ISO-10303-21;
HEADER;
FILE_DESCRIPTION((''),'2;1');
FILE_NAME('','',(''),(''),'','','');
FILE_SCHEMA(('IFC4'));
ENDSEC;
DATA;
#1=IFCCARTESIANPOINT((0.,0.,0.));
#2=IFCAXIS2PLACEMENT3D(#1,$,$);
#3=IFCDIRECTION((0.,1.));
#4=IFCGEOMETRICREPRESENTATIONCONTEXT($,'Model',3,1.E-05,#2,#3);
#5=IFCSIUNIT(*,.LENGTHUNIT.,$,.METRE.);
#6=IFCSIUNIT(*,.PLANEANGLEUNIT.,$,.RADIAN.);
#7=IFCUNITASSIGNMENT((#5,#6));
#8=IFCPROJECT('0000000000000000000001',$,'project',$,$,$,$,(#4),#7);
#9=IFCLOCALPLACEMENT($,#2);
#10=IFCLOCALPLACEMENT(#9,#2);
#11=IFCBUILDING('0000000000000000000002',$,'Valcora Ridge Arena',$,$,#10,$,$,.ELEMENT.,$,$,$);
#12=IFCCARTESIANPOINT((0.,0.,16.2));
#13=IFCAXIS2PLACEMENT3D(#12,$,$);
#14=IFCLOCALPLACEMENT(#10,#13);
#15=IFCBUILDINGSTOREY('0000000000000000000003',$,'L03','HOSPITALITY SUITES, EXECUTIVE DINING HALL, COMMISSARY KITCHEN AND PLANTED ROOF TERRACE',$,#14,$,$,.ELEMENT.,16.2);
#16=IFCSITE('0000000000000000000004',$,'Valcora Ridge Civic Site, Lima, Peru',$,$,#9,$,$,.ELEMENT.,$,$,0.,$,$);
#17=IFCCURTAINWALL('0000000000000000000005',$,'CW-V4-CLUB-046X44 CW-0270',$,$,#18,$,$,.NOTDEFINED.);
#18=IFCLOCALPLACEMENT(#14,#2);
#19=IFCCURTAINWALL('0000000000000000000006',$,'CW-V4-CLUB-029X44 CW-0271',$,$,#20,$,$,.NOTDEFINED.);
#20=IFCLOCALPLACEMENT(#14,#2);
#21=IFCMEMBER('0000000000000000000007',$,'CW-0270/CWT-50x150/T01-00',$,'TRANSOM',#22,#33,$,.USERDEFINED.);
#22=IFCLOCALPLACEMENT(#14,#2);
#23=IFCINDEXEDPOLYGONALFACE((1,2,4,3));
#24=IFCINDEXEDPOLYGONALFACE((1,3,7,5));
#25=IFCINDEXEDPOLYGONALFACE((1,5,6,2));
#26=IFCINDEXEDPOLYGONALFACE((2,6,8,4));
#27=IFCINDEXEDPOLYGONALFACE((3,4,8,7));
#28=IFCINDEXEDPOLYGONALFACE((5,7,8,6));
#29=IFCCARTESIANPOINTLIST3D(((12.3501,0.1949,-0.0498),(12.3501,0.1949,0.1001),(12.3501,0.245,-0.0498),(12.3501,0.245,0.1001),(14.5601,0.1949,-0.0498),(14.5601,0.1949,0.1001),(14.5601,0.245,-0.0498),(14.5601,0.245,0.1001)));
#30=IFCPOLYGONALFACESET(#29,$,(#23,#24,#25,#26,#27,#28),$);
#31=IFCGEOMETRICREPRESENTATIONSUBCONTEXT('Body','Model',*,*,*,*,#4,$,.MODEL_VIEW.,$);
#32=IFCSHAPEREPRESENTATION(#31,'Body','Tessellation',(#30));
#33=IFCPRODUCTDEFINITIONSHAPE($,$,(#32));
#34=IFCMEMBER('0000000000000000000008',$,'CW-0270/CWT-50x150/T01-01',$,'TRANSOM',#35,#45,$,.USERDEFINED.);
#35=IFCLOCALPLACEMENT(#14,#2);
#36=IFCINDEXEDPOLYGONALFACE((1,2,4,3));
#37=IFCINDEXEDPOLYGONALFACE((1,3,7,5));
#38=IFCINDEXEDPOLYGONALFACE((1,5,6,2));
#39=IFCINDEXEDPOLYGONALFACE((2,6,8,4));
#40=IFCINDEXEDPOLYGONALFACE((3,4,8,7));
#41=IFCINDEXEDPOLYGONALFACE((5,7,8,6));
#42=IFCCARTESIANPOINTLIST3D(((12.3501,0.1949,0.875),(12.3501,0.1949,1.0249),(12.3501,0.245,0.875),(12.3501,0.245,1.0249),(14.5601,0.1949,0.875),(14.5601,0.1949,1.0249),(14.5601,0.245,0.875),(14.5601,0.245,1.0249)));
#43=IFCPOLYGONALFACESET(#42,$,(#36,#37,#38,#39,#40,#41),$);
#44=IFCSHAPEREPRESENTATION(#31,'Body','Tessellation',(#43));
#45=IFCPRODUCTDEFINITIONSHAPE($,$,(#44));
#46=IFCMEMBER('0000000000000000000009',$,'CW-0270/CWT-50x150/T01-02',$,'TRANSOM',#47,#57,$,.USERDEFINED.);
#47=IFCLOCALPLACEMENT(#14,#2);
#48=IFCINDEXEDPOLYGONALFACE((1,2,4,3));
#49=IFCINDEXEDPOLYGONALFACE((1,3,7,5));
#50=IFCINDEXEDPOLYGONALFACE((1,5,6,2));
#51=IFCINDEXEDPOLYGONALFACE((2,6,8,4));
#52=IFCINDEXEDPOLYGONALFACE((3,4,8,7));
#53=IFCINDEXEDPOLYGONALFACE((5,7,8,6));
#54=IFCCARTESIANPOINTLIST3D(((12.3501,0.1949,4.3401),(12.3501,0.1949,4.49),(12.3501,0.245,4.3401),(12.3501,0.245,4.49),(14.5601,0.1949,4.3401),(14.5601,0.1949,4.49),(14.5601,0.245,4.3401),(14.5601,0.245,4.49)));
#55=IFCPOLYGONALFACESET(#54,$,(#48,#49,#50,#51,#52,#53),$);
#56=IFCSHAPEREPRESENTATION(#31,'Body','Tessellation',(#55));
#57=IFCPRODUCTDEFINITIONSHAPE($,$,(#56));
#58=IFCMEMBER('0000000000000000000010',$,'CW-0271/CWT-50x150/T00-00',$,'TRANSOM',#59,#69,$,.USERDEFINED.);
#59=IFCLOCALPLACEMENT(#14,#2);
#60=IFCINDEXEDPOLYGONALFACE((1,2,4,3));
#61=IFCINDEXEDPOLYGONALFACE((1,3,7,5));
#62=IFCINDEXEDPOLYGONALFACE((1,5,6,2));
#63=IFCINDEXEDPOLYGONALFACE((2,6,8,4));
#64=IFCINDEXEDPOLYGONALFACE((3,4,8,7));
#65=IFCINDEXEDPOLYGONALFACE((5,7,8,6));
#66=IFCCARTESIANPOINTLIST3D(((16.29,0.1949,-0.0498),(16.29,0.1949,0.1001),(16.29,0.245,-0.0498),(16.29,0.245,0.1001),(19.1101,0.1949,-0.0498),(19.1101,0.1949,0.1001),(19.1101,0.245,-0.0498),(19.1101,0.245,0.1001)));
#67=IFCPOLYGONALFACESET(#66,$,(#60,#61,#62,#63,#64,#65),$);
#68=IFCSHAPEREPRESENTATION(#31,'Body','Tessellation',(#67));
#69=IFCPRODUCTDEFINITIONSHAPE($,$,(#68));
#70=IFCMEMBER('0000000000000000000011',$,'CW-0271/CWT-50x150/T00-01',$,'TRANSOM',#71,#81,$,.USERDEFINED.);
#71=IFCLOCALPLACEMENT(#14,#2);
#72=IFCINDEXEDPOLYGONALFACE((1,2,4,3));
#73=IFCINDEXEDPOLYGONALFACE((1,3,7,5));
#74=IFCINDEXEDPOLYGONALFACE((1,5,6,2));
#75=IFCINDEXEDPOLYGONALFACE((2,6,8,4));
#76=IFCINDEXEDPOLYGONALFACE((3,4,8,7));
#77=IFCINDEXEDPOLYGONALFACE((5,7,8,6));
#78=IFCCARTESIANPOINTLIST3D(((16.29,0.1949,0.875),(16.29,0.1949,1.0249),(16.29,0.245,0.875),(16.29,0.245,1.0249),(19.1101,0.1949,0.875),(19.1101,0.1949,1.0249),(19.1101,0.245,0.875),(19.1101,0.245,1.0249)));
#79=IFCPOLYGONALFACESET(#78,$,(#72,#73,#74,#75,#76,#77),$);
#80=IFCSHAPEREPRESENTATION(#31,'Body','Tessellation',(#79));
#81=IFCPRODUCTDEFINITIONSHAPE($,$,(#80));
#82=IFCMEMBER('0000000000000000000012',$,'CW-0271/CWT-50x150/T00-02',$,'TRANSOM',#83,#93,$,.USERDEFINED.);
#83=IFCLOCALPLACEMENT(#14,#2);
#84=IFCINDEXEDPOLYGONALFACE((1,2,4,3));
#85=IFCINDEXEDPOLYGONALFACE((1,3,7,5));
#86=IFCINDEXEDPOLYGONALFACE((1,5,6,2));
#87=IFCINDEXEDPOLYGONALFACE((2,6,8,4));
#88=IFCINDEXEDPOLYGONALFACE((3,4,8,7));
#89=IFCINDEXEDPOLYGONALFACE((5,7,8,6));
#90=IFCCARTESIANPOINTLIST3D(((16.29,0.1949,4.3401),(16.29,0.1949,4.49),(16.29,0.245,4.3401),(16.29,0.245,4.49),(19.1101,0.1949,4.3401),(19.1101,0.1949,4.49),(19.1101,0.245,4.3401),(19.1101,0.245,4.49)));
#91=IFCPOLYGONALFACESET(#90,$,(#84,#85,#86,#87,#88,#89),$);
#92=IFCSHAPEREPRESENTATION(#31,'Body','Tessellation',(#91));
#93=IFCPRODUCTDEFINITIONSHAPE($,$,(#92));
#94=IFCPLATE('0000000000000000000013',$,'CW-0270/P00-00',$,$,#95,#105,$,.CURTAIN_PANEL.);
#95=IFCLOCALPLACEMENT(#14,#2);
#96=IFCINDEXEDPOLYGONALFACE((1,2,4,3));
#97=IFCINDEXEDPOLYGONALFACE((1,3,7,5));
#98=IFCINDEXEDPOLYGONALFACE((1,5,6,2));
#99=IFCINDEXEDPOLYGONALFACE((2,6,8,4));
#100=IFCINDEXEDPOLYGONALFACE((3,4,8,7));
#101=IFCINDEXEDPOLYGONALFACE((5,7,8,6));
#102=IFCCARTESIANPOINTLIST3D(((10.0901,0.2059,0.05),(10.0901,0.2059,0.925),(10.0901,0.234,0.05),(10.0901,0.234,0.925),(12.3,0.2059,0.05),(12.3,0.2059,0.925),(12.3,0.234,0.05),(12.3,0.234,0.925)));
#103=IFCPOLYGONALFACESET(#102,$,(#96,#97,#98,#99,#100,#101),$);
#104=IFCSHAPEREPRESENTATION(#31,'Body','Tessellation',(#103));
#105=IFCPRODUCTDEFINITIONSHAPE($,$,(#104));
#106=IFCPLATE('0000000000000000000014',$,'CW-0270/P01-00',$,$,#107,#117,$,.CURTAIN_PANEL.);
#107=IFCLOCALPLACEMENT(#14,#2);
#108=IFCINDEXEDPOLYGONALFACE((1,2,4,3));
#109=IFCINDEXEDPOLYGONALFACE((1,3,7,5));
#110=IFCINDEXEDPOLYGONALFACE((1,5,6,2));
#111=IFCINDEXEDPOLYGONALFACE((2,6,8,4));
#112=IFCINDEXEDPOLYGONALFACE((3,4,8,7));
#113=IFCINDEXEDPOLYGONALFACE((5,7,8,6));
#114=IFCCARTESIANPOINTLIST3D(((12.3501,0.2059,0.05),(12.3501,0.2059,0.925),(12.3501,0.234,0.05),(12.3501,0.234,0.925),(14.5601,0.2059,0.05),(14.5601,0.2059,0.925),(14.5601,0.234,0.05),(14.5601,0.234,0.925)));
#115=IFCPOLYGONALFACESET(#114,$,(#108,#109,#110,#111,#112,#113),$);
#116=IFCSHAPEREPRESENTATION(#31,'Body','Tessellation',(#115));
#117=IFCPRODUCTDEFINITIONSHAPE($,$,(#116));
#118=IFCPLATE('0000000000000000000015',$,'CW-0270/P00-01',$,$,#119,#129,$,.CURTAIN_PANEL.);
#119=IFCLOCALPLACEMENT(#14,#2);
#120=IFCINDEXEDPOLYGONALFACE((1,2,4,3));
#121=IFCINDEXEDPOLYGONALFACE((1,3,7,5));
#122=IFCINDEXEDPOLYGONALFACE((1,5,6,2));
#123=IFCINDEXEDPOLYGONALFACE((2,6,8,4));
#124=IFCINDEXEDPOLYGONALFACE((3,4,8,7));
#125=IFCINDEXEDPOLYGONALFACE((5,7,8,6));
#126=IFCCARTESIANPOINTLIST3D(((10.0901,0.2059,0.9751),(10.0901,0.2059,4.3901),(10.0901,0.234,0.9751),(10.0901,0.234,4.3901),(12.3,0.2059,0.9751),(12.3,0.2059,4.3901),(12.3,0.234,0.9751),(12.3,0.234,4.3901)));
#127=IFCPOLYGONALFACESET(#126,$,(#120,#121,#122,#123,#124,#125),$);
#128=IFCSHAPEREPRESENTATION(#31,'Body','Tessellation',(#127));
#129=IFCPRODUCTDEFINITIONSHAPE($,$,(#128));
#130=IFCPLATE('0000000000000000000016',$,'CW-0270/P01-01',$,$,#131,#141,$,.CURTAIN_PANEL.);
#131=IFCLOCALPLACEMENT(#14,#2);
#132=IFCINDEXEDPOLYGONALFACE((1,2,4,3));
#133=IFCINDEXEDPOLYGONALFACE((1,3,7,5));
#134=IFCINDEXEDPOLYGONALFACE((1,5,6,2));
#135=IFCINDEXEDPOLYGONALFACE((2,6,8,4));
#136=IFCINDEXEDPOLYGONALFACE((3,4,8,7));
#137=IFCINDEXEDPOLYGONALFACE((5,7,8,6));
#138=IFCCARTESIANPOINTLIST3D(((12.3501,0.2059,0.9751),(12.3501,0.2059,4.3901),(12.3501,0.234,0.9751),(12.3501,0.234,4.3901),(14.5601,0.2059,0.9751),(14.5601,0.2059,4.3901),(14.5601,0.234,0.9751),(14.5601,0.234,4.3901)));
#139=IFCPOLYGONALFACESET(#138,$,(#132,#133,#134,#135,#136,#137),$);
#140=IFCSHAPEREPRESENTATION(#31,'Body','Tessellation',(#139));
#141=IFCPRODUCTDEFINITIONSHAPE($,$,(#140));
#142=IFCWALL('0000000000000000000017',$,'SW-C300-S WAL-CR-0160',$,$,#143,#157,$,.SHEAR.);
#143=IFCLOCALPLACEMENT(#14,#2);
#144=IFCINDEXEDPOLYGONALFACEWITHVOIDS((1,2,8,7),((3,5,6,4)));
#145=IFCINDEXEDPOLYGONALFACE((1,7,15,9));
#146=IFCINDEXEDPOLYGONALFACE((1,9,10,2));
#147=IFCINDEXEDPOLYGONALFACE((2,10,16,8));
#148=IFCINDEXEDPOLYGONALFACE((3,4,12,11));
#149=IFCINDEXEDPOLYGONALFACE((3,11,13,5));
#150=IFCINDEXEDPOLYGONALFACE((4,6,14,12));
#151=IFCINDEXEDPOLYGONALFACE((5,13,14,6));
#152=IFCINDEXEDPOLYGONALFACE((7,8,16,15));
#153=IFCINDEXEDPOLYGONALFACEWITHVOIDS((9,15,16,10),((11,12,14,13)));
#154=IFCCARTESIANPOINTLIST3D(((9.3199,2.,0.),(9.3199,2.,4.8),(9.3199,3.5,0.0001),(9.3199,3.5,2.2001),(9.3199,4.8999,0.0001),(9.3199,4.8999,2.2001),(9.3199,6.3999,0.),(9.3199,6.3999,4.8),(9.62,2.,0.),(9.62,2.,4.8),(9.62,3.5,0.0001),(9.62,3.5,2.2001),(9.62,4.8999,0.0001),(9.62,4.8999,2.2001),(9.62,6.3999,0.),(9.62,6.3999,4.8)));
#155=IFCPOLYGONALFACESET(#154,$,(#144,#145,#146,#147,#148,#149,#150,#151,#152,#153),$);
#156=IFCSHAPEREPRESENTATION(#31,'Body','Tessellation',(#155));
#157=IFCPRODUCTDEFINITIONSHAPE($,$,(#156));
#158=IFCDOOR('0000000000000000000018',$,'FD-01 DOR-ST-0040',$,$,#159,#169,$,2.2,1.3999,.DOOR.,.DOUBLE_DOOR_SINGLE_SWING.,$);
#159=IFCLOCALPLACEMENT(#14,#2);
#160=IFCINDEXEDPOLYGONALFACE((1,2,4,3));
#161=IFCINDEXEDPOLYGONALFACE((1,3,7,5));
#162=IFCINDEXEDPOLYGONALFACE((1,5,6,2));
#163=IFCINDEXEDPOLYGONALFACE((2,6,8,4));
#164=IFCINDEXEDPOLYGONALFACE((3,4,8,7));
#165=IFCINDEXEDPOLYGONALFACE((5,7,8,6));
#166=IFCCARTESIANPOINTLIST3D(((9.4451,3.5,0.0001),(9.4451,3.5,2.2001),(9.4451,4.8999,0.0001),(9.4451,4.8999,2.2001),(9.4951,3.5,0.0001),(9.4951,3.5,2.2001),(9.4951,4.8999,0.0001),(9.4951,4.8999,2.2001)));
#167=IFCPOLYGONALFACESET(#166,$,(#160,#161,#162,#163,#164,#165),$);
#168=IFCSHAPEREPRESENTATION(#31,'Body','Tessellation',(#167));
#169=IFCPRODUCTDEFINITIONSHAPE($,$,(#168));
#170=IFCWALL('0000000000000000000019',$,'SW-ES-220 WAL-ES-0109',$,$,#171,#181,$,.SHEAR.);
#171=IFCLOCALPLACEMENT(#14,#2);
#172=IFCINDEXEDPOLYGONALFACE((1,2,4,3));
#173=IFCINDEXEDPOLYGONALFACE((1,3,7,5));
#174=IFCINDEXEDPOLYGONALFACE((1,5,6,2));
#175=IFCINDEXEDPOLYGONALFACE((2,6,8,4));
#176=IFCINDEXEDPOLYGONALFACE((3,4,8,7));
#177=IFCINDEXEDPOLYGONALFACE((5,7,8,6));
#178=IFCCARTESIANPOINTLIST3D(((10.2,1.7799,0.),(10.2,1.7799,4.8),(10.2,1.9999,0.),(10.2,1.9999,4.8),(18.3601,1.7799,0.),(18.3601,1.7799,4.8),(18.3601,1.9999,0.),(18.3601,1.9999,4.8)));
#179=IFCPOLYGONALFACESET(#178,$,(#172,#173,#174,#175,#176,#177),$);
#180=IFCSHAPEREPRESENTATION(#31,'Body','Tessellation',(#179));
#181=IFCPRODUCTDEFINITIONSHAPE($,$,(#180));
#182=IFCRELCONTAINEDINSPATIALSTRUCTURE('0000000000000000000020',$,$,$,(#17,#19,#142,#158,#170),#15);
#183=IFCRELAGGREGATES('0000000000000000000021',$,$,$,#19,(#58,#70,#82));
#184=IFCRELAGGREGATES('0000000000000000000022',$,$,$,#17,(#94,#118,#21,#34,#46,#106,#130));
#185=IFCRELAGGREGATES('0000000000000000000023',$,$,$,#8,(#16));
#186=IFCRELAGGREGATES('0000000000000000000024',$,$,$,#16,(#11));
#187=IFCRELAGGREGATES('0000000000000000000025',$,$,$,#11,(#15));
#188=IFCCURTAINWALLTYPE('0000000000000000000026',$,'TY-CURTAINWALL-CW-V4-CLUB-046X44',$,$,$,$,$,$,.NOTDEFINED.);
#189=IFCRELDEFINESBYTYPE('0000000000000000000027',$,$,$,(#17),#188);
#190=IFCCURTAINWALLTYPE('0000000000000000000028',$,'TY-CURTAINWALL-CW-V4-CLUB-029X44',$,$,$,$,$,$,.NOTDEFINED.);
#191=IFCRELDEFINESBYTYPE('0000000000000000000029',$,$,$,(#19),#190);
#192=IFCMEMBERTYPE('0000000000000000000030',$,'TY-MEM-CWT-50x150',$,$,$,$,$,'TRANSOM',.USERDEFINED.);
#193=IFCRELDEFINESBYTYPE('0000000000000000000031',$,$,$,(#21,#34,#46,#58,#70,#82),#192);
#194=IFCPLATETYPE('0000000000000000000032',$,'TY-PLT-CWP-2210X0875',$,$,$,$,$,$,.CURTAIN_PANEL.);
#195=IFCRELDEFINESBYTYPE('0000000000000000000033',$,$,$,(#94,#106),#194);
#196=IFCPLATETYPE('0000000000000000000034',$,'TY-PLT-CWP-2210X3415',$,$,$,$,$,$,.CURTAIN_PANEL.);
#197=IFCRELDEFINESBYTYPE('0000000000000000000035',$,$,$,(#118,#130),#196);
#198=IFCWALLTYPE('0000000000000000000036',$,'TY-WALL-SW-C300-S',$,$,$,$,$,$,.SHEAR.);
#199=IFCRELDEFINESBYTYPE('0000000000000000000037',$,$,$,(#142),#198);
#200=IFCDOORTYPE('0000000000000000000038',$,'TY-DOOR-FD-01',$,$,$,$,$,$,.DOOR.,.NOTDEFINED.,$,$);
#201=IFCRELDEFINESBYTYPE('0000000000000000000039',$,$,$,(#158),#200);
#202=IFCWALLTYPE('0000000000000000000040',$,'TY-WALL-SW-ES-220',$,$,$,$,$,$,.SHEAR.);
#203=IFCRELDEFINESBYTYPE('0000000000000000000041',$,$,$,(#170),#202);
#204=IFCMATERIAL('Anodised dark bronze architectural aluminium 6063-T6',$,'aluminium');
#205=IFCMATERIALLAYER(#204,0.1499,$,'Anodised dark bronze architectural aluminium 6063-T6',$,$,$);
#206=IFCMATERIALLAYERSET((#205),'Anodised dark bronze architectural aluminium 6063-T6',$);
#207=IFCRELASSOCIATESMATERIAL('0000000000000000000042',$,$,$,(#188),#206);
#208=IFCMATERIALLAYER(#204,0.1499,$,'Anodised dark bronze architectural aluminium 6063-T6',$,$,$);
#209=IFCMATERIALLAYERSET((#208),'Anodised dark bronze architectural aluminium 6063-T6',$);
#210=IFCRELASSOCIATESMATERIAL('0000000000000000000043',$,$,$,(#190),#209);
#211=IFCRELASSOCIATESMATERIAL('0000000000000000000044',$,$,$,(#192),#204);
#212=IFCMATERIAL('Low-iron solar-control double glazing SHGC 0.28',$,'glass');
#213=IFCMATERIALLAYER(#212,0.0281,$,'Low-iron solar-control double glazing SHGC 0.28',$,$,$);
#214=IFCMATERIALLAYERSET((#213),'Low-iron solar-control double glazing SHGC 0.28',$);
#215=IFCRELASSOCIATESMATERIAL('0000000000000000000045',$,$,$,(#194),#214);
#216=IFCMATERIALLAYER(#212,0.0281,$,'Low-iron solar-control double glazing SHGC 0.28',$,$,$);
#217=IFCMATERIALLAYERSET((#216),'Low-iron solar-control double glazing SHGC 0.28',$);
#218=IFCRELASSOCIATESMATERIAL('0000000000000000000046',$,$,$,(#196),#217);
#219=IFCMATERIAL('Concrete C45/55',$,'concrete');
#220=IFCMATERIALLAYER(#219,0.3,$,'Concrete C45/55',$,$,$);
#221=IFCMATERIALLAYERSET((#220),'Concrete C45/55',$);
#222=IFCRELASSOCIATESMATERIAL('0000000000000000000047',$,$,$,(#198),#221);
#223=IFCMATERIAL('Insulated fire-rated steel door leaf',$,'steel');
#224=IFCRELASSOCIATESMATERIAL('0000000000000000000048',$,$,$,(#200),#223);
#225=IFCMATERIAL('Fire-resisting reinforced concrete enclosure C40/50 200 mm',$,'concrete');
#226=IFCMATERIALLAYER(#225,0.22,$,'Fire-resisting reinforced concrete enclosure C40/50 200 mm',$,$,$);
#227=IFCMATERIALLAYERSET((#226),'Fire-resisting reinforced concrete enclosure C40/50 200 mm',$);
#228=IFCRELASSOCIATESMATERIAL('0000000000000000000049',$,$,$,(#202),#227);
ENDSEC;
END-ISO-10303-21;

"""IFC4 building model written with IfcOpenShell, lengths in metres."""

from ifc_helpers import new_model, si_unit, direction, frame, frame_2d, origin, origin_2d, place, context, subcontext, project, spatial, rectangle, extrude, material, layer, layer_set, material_profile, profile_set, type_object, element, fill, aggregate, save


model = new_model("IFC4")

# Units and contexts
model_context = context("Model", 3, precision=1e-05, world=origin(), true_north=direction((0.0, 1.0)))
body_context = subcontext(model_context, "Body", "Model", "MODEL_VIEW")
ifc_project = project(units=[si_unit("LENGTHUNIT", "METRE"), si_unit("PLANEANGLEUNIT", "RADIAN")], contexts=[model_context])

# Site, building, storey
site_placement = place(None, origin())
site = spatial("IfcSite", under=ifc_project, at=site_placement, Name="Valcora Ridge Civic Site, Lima, Peru", CompositionType="ELEMENT", RefElevation=0.0)
building_placement = place(site_placement, origin())
building = spatial("IfcBuilding", under=site, at=building_placement, Name="Valcora Ridge Arena", CompositionType="ELEMENT")
storey_placement = place(building_placement, frame((0.0, 0.0, 16.2)))
storey = spatial("IfcBuildingStorey", under=building, at=storey_placement, Name="L03", Description="HOSPITALITY SUITES, EXECUTIVE DINING HALL, COMMISSARY KITCHEN AND PLANTED ROOF TERRACE", CompositionType="ELEMENT", Elevation=16.2)

# Curtain wall
ifc_material_1 = material(Name="Anodised dark bronze architectural aluminium 6063-T6", Category="aluminium")
ifc_layer_1 = layer(ifc_material_1, 0.1499, Name="Anodised dark bronze architectural aluminium 6063-T6")
ifc_layer_set_1 = layer_set([ifc_layer_1], Name="Anodised dark bronze architectural aluminium 6063-T6")
curtain_wall_type_1 = type_object("IfcCurtainWallType", Name="TY-CURTAINWALL-CW-V4-CLUB-046X44", PredefinedType="NOTDEFINED", material=ifc_layer_set_1)
curtain_wall_1_placement = place(storey_placement, origin())
curtain_wall_1 = element("IfcCurtainWall", 1, at=curtain_wall_1_placement, inside=storey, type_object=curtain_wall_type_1, Name="CW-V4-CLUB-046X44 CW-0270", PredefinedType="NOTDEFINED")

# Curtain wall
ifc_layer_2 = layer(ifc_material_1, 0.1499, Name="Anodised dark bronze architectural aluminium 6063-T6")
ifc_layer_set_2 = layer_set([ifc_layer_2], Name="Anodised dark bronze architectural aluminium 6063-T6")
curtain_wall_type_2 = type_object("IfcCurtainWallType", Name="TY-CURTAINWALL-CW-V4-CLUB-029X44", PredefinedType="NOTDEFINED", material=ifc_layer_set_2)
curtain_wall_2_placement = place(storey_placement, origin())
curtain_wall_2 = element("IfcCurtainWall", 2, at=curtain_wall_2_placement, inside=storey, type_object=curtain_wall_type_2, Name="CW-V4-CLUB-029X44 CW-0271", PredefinedType="NOTDEFINED")

# Members
ifc_material_profile_1 = material_profile(ifc_material_1, rectangle(XDim=0.05, YDim=0.1499, at=origin_2d()), Name="ALU TRANSOM 50x150")
ifc_profile_set_1 = profile_set([ifc_material_profile_1], Name="Anodised dark bronze architectural aluminium 6063-T6")
member_type_1 = type_object("IfcMemberType", Name="TY-MEM-CWT-50x150", ElementType="TRANSOM", PredefinedType="USERDEFINED", material=ifc_profile_set_1)
member_1_placement = place(storey_placement, frame((12.3501, 0.22, 0.0251), z_axis=(1.0, 0.0, 0.0), x_axis=(0.0, 1.0, 0.0)))
member_1 = element("IfcMember", 3, at=member_1_placement, type_object=member_type_1, Name="CW-0270/CWT-50x150/T01-00", ObjectType="TRANSOM", PredefinedType="USERDEFINED", context=body_context, shape_type="SweptSolid", body=[
    extrude(rectangle(XDim=0.05, YDim=0.1499, at=origin_2d()), origin(), (0.0, 0.0, 1.0), 2.21),
])
member_2_placement = place(storey_placement, frame((12.3501, 0.22, 0.95), z_axis=(1.0, 0.0, 0.0), x_axis=(0.0, 1.0, 0.0)))
member_2 = element("IfcMember", 4, at=member_2_placement, type_object=member_type_1, Name="CW-0270/CWT-50x150/T01-01", ObjectType="TRANSOM", PredefinedType="USERDEFINED", context=body_context, shape_type="SweptSolid", body=[
    extrude(rectangle(XDim=0.05, YDim=0.1499, at=origin_2d()), origin(), (0.0, 0.0, 1.0), 2.21),
])
member_3_placement = place(storey_placement, frame((12.3501, 0.22, 4.415), z_axis=(1.0, 0.0, 0.0), x_axis=(0.0, 1.0, 0.0)))
member_3 = element("IfcMember", 5, at=member_3_placement, type_object=member_type_1, Name="CW-0270/CWT-50x150/T01-02", ObjectType="TRANSOM", PredefinedType="USERDEFINED", context=body_context, shape_type="SweptSolid", body=[
    extrude(rectangle(XDim=0.05, YDim=0.1499, at=origin_2d()), origin(), (0.0, 0.0, 1.0), 2.21),
])
member_4_placement = place(storey_placement, frame((16.29, 0.22, 0.0251), z_axis=(1.0, 0.0, 0.0), x_axis=(0.0, 1.0, 0.0)))
member_4 = element("IfcMember", 6, at=member_4_placement, type_object=member_type_1, Name="CW-0271/CWT-50x150/T00-00", ObjectType="TRANSOM", PredefinedType="USERDEFINED", context=body_context, shape_type="SweptSolid", body=[
    extrude(rectangle(XDim=0.05, YDim=0.1499, at=origin_2d()), origin(), (0.0, 0.0, 1.0), 2.8201),
])
member_5_placement = place(storey_placement, frame((16.29, 0.22, 0.95), z_axis=(1.0, 0.0, 0.0), x_axis=(0.0, 1.0, 0.0)))
member_5 = element("IfcMember", 7, at=member_5_placement, type_object=member_type_1, Name="CW-0271/CWT-50x150/T00-01", ObjectType="TRANSOM", PredefinedType="USERDEFINED", context=body_context, shape_type="SweptSolid", body=[
    extrude(rectangle(XDim=0.05, YDim=0.1499, at=origin_2d()), origin(), (0.0, 0.0, 1.0), 2.8201),
])
member_6_placement = place(storey_placement, frame((16.29, 0.22, 4.415), z_axis=(1.0, 0.0, 0.0), x_axis=(0.0, 1.0, 0.0)))
member_6 = element("IfcMember", 8, at=member_6_placement, type_object=member_type_1, Name="CW-0271/CWT-50x150/T00-02", ObjectType="TRANSOM", PredefinedType="USERDEFINED", context=body_context, shape_type="SweptSolid", body=[
    extrude(rectangle(XDim=0.05, YDim=0.1499, at=origin_2d()), origin(), (0.0, 0.0, 1.0), 2.8201),
])
aggregate(curtain_wall_2, [member_4, member_5, member_6])

# Plates
ifc_material_2 = material(Name="Low-iron solar-control double glazing SHGC 0.28", Category="glass")
ifc_layer_3 = layer(ifc_material_2, 0.0281, Name="Low-iron solar-control double glazing SHGC 0.28")
ifc_layer_set_3 = layer_set([ifc_layer_3], Name="Low-iron solar-control double glazing SHGC 0.28")
plate_type_1 = type_object("IfcPlateType", Name="TY-PLT-CWP-2210X0875", PredefinedType="CURTAIN_PANEL", material=ifc_layer_set_3)
plate_1_placement = place(storey_placement, frame((11.1951, 0.22, 0.05), z_axis=(0.0, 0.0, 1.0), x_axis=(1.0, 0.0, 0.0)))
plate_1 = element("IfcPlate", 9, at=plate_1_placement, type_object=plate_type_1, Name="CW-0270/P00-00", PredefinedType="CURTAIN_PANEL", context=body_context, shape_type="SweptSolid", body=[
    extrude(rectangle(XDim=2.21, YDim=0.0281, at=origin_2d()), origin(), (0.0, 0.0, 1.0), 0.875),
])
plate_2_placement = place(storey_placement, frame((13.4551, 0.22, 0.05), z_axis=(0.0, 0.0, 1.0), x_axis=(1.0, 0.0, 0.0)))
plate_2 = element("IfcPlate", 10, at=plate_2_placement, type_object=plate_type_1, Name="CW-0270/P01-00", PredefinedType="CURTAIN_PANEL", context=body_context, shape_type="SweptSolid", body=[
    extrude(rectangle(XDim=2.21, YDim=0.0281, at=origin_2d()), origin(), (0.0, 0.0, 1.0), 0.875),
])
ifc_layer_4 = layer(ifc_material_2, 0.0281, Name="Low-iron solar-control double glazing SHGC 0.28")
ifc_layer_set_4 = layer_set([ifc_layer_4], Name="Low-iron solar-control double glazing SHGC 0.28")
plate_type_2 = type_object("IfcPlateType", Name="TY-PLT-CWP-2210X3415", PredefinedType="CURTAIN_PANEL", material=ifc_layer_set_4)
plate_3_placement = place(storey_placement, frame((11.1951, 0.22, 0.9751), z_axis=(0.0, 0.0, 1.0), x_axis=(1.0, 0.0, 0.0)))
plate_3 = element("IfcPlate", 11, at=plate_3_placement, type_object=plate_type_2, Name="CW-0270/P00-01", PredefinedType="CURTAIN_PANEL", context=body_context, shape_type="SweptSolid", body=[
    extrude(rectangle(XDim=2.21, YDim=0.0281, at=origin_2d()), origin(), (0.0, 0.0, 1.0), 3.415),
])
plate_4_placement = place(storey_placement, frame((13.4551, 0.22, 0.9751), z_axis=(0.0, 0.0, 1.0), x_axis=(1.0, 0.0, 0.0)))
plate_4 = element("IfcPlate", 12, at=plate_4_placement, type_object=plate_type_2, Name="CW-0270/P01-01", PredefinedType="CURTAIN_PANEL", context=body_context, shape_type="SweptSolid", body=[
    extrude(rectangle(XDim=2.21, YDim=0.0281, at=origin_2d()), origin(), (0.0, 0.0, 1.0), 3.415),
])
aggregate(curtain_wall_1, [plate_1, plate_3, member_1, member_2, member_3, plate_2, plate_4])

# Wall, opening, door
ifc_material_3 = material(Name="Concrete C45/55", Category="concrete")
ifc_layer_5 = layer(ifc_material_3, 0.3, Name="Concrete C45/55")
ifc_layer_set_5 = layer_set([ifc_layer_5], Name="Concrete C45/55")
wall_type_1 = type_object("IfcWallType", Name="TY-WALL-SW-C300-S", PredefinedType="SHEAR", material=ifc_layer_set_5)
wall_1_placement = place(storey_placement, frame((9.47, 2.0, 0.0), z_axis=(0.0, 0.0, 1.0), x_axis=(0.0, 1.0, 0.0)))
wall_1 = element("IfcWall", 13, at=wall_1_placement, inside=storey, type_object=wall_type_1, Name="SW-C300-S WAL-CR-0160", PredefinedType="SHEAR", context=body_context, shape_type="SweptSolid", body=[
    extrude(rectangle(XDim=4.3999, YDim=0.3, at=frame_2d((2.2, 0.0))), origin(), (0.0, 0.0, 1.0), 4.8),
])
opening_placement = place(wall_1_placement, frame((1.5, 0.0, 0.0)))
opening = element("IfcOpeningElement", 14, at=opening_placement, cuts=wall_1, PredefinedType="OPENING", context=body_context, shape_type="SweptSolid", body=[
    extrude(rectangle(XDim=1.3999, YDim=2.2, at=frame_2d((0.7, 1.1001))), frame((0.0, 0.1599, 0.0), z_axis=(0.0, -1.0, 0.0), x_axis=(1.0, 0.0, 0.0)), (0.0, 0.0, 1.0), 0.3201),
])
ifc_material_4 = material(Name="Insulated fire-rated steel door leaf", Category="steel")
door_type = type_object("IfcDoorType", Name="TY-DOOR-FD-01", OperationType="NOTDEFINED", PredefinedType="DOOR", material=ifc_material_4)
door_placement = place(opening_placement, origin())
door = element("IfcDoor", 15, at=door_placement, inside=storey, type_object=door_type, Name="FD-01 DOR-ST-0040", OperationType="DOUBLE_DOOR_SINGLE_SWING", OverallHeight=2.2, OverallWidth=1.3999, PredefinedType="DOOR", context=body_context, shape_type="SweptSolid", body=[
    extrude(rectangle(XDim=1.3999, YDim=2.2, at=frame_2d((0.7, 1.1001))), frame((0.0, 0.0249, 0.0), z_axis=(0.0, -1.0, 0.0), x_axis=(1.0, 0.0, 0.0)), (0.0, 0.0, 1.0), 0.05),
])
fill(opening, door)

# Wall
ifc_material_5 = material(Name="Fire-resisting reinforced concrete enclosure C40/50 200 mm", Category="concrete")
ifc_layer_6 = layer(ifc_material_5, 0.22, Name="Fire-resisting reinforced concrete enclosure C40/50 200 mm")
ifc_layer_set_6 = layer_set([ifc_layer_6], Name="Fire-resisting reinforced concrete enclosure C40/50 200 mm")
wall_type_2 = type_object("IfcWallType", Name="TY-WALL-SW-ES-220", PredefinedType="SHEAR", material=ifc_layer_set_6)
for number, where, z_axis, x_axis, name in (
    (16, (10.2, 1.8899, 0.0), (0.0, 0.0, 1.0), (1.0, 0.0, 0.0), "SW-ES-220 WAL-ES-0109"),
):
    element("IfcWall", number, at=place(storey_placement, frame(where, z_axis=z_axis, x_axis=x_axis)), inside=storey, type_object=wall_type_2, Name=name, PredefinedType="SHEAR", context=body_context, shape_type="SweptSolid", body=[
        extrude(rectangle(XDim=8.1602, YDim=0.22, at=frame_2d((4.0801, 0.0))), origin(), (0.0, 0.0, 1.0), 4.8),
    ])

save(model, "model.ifc")
